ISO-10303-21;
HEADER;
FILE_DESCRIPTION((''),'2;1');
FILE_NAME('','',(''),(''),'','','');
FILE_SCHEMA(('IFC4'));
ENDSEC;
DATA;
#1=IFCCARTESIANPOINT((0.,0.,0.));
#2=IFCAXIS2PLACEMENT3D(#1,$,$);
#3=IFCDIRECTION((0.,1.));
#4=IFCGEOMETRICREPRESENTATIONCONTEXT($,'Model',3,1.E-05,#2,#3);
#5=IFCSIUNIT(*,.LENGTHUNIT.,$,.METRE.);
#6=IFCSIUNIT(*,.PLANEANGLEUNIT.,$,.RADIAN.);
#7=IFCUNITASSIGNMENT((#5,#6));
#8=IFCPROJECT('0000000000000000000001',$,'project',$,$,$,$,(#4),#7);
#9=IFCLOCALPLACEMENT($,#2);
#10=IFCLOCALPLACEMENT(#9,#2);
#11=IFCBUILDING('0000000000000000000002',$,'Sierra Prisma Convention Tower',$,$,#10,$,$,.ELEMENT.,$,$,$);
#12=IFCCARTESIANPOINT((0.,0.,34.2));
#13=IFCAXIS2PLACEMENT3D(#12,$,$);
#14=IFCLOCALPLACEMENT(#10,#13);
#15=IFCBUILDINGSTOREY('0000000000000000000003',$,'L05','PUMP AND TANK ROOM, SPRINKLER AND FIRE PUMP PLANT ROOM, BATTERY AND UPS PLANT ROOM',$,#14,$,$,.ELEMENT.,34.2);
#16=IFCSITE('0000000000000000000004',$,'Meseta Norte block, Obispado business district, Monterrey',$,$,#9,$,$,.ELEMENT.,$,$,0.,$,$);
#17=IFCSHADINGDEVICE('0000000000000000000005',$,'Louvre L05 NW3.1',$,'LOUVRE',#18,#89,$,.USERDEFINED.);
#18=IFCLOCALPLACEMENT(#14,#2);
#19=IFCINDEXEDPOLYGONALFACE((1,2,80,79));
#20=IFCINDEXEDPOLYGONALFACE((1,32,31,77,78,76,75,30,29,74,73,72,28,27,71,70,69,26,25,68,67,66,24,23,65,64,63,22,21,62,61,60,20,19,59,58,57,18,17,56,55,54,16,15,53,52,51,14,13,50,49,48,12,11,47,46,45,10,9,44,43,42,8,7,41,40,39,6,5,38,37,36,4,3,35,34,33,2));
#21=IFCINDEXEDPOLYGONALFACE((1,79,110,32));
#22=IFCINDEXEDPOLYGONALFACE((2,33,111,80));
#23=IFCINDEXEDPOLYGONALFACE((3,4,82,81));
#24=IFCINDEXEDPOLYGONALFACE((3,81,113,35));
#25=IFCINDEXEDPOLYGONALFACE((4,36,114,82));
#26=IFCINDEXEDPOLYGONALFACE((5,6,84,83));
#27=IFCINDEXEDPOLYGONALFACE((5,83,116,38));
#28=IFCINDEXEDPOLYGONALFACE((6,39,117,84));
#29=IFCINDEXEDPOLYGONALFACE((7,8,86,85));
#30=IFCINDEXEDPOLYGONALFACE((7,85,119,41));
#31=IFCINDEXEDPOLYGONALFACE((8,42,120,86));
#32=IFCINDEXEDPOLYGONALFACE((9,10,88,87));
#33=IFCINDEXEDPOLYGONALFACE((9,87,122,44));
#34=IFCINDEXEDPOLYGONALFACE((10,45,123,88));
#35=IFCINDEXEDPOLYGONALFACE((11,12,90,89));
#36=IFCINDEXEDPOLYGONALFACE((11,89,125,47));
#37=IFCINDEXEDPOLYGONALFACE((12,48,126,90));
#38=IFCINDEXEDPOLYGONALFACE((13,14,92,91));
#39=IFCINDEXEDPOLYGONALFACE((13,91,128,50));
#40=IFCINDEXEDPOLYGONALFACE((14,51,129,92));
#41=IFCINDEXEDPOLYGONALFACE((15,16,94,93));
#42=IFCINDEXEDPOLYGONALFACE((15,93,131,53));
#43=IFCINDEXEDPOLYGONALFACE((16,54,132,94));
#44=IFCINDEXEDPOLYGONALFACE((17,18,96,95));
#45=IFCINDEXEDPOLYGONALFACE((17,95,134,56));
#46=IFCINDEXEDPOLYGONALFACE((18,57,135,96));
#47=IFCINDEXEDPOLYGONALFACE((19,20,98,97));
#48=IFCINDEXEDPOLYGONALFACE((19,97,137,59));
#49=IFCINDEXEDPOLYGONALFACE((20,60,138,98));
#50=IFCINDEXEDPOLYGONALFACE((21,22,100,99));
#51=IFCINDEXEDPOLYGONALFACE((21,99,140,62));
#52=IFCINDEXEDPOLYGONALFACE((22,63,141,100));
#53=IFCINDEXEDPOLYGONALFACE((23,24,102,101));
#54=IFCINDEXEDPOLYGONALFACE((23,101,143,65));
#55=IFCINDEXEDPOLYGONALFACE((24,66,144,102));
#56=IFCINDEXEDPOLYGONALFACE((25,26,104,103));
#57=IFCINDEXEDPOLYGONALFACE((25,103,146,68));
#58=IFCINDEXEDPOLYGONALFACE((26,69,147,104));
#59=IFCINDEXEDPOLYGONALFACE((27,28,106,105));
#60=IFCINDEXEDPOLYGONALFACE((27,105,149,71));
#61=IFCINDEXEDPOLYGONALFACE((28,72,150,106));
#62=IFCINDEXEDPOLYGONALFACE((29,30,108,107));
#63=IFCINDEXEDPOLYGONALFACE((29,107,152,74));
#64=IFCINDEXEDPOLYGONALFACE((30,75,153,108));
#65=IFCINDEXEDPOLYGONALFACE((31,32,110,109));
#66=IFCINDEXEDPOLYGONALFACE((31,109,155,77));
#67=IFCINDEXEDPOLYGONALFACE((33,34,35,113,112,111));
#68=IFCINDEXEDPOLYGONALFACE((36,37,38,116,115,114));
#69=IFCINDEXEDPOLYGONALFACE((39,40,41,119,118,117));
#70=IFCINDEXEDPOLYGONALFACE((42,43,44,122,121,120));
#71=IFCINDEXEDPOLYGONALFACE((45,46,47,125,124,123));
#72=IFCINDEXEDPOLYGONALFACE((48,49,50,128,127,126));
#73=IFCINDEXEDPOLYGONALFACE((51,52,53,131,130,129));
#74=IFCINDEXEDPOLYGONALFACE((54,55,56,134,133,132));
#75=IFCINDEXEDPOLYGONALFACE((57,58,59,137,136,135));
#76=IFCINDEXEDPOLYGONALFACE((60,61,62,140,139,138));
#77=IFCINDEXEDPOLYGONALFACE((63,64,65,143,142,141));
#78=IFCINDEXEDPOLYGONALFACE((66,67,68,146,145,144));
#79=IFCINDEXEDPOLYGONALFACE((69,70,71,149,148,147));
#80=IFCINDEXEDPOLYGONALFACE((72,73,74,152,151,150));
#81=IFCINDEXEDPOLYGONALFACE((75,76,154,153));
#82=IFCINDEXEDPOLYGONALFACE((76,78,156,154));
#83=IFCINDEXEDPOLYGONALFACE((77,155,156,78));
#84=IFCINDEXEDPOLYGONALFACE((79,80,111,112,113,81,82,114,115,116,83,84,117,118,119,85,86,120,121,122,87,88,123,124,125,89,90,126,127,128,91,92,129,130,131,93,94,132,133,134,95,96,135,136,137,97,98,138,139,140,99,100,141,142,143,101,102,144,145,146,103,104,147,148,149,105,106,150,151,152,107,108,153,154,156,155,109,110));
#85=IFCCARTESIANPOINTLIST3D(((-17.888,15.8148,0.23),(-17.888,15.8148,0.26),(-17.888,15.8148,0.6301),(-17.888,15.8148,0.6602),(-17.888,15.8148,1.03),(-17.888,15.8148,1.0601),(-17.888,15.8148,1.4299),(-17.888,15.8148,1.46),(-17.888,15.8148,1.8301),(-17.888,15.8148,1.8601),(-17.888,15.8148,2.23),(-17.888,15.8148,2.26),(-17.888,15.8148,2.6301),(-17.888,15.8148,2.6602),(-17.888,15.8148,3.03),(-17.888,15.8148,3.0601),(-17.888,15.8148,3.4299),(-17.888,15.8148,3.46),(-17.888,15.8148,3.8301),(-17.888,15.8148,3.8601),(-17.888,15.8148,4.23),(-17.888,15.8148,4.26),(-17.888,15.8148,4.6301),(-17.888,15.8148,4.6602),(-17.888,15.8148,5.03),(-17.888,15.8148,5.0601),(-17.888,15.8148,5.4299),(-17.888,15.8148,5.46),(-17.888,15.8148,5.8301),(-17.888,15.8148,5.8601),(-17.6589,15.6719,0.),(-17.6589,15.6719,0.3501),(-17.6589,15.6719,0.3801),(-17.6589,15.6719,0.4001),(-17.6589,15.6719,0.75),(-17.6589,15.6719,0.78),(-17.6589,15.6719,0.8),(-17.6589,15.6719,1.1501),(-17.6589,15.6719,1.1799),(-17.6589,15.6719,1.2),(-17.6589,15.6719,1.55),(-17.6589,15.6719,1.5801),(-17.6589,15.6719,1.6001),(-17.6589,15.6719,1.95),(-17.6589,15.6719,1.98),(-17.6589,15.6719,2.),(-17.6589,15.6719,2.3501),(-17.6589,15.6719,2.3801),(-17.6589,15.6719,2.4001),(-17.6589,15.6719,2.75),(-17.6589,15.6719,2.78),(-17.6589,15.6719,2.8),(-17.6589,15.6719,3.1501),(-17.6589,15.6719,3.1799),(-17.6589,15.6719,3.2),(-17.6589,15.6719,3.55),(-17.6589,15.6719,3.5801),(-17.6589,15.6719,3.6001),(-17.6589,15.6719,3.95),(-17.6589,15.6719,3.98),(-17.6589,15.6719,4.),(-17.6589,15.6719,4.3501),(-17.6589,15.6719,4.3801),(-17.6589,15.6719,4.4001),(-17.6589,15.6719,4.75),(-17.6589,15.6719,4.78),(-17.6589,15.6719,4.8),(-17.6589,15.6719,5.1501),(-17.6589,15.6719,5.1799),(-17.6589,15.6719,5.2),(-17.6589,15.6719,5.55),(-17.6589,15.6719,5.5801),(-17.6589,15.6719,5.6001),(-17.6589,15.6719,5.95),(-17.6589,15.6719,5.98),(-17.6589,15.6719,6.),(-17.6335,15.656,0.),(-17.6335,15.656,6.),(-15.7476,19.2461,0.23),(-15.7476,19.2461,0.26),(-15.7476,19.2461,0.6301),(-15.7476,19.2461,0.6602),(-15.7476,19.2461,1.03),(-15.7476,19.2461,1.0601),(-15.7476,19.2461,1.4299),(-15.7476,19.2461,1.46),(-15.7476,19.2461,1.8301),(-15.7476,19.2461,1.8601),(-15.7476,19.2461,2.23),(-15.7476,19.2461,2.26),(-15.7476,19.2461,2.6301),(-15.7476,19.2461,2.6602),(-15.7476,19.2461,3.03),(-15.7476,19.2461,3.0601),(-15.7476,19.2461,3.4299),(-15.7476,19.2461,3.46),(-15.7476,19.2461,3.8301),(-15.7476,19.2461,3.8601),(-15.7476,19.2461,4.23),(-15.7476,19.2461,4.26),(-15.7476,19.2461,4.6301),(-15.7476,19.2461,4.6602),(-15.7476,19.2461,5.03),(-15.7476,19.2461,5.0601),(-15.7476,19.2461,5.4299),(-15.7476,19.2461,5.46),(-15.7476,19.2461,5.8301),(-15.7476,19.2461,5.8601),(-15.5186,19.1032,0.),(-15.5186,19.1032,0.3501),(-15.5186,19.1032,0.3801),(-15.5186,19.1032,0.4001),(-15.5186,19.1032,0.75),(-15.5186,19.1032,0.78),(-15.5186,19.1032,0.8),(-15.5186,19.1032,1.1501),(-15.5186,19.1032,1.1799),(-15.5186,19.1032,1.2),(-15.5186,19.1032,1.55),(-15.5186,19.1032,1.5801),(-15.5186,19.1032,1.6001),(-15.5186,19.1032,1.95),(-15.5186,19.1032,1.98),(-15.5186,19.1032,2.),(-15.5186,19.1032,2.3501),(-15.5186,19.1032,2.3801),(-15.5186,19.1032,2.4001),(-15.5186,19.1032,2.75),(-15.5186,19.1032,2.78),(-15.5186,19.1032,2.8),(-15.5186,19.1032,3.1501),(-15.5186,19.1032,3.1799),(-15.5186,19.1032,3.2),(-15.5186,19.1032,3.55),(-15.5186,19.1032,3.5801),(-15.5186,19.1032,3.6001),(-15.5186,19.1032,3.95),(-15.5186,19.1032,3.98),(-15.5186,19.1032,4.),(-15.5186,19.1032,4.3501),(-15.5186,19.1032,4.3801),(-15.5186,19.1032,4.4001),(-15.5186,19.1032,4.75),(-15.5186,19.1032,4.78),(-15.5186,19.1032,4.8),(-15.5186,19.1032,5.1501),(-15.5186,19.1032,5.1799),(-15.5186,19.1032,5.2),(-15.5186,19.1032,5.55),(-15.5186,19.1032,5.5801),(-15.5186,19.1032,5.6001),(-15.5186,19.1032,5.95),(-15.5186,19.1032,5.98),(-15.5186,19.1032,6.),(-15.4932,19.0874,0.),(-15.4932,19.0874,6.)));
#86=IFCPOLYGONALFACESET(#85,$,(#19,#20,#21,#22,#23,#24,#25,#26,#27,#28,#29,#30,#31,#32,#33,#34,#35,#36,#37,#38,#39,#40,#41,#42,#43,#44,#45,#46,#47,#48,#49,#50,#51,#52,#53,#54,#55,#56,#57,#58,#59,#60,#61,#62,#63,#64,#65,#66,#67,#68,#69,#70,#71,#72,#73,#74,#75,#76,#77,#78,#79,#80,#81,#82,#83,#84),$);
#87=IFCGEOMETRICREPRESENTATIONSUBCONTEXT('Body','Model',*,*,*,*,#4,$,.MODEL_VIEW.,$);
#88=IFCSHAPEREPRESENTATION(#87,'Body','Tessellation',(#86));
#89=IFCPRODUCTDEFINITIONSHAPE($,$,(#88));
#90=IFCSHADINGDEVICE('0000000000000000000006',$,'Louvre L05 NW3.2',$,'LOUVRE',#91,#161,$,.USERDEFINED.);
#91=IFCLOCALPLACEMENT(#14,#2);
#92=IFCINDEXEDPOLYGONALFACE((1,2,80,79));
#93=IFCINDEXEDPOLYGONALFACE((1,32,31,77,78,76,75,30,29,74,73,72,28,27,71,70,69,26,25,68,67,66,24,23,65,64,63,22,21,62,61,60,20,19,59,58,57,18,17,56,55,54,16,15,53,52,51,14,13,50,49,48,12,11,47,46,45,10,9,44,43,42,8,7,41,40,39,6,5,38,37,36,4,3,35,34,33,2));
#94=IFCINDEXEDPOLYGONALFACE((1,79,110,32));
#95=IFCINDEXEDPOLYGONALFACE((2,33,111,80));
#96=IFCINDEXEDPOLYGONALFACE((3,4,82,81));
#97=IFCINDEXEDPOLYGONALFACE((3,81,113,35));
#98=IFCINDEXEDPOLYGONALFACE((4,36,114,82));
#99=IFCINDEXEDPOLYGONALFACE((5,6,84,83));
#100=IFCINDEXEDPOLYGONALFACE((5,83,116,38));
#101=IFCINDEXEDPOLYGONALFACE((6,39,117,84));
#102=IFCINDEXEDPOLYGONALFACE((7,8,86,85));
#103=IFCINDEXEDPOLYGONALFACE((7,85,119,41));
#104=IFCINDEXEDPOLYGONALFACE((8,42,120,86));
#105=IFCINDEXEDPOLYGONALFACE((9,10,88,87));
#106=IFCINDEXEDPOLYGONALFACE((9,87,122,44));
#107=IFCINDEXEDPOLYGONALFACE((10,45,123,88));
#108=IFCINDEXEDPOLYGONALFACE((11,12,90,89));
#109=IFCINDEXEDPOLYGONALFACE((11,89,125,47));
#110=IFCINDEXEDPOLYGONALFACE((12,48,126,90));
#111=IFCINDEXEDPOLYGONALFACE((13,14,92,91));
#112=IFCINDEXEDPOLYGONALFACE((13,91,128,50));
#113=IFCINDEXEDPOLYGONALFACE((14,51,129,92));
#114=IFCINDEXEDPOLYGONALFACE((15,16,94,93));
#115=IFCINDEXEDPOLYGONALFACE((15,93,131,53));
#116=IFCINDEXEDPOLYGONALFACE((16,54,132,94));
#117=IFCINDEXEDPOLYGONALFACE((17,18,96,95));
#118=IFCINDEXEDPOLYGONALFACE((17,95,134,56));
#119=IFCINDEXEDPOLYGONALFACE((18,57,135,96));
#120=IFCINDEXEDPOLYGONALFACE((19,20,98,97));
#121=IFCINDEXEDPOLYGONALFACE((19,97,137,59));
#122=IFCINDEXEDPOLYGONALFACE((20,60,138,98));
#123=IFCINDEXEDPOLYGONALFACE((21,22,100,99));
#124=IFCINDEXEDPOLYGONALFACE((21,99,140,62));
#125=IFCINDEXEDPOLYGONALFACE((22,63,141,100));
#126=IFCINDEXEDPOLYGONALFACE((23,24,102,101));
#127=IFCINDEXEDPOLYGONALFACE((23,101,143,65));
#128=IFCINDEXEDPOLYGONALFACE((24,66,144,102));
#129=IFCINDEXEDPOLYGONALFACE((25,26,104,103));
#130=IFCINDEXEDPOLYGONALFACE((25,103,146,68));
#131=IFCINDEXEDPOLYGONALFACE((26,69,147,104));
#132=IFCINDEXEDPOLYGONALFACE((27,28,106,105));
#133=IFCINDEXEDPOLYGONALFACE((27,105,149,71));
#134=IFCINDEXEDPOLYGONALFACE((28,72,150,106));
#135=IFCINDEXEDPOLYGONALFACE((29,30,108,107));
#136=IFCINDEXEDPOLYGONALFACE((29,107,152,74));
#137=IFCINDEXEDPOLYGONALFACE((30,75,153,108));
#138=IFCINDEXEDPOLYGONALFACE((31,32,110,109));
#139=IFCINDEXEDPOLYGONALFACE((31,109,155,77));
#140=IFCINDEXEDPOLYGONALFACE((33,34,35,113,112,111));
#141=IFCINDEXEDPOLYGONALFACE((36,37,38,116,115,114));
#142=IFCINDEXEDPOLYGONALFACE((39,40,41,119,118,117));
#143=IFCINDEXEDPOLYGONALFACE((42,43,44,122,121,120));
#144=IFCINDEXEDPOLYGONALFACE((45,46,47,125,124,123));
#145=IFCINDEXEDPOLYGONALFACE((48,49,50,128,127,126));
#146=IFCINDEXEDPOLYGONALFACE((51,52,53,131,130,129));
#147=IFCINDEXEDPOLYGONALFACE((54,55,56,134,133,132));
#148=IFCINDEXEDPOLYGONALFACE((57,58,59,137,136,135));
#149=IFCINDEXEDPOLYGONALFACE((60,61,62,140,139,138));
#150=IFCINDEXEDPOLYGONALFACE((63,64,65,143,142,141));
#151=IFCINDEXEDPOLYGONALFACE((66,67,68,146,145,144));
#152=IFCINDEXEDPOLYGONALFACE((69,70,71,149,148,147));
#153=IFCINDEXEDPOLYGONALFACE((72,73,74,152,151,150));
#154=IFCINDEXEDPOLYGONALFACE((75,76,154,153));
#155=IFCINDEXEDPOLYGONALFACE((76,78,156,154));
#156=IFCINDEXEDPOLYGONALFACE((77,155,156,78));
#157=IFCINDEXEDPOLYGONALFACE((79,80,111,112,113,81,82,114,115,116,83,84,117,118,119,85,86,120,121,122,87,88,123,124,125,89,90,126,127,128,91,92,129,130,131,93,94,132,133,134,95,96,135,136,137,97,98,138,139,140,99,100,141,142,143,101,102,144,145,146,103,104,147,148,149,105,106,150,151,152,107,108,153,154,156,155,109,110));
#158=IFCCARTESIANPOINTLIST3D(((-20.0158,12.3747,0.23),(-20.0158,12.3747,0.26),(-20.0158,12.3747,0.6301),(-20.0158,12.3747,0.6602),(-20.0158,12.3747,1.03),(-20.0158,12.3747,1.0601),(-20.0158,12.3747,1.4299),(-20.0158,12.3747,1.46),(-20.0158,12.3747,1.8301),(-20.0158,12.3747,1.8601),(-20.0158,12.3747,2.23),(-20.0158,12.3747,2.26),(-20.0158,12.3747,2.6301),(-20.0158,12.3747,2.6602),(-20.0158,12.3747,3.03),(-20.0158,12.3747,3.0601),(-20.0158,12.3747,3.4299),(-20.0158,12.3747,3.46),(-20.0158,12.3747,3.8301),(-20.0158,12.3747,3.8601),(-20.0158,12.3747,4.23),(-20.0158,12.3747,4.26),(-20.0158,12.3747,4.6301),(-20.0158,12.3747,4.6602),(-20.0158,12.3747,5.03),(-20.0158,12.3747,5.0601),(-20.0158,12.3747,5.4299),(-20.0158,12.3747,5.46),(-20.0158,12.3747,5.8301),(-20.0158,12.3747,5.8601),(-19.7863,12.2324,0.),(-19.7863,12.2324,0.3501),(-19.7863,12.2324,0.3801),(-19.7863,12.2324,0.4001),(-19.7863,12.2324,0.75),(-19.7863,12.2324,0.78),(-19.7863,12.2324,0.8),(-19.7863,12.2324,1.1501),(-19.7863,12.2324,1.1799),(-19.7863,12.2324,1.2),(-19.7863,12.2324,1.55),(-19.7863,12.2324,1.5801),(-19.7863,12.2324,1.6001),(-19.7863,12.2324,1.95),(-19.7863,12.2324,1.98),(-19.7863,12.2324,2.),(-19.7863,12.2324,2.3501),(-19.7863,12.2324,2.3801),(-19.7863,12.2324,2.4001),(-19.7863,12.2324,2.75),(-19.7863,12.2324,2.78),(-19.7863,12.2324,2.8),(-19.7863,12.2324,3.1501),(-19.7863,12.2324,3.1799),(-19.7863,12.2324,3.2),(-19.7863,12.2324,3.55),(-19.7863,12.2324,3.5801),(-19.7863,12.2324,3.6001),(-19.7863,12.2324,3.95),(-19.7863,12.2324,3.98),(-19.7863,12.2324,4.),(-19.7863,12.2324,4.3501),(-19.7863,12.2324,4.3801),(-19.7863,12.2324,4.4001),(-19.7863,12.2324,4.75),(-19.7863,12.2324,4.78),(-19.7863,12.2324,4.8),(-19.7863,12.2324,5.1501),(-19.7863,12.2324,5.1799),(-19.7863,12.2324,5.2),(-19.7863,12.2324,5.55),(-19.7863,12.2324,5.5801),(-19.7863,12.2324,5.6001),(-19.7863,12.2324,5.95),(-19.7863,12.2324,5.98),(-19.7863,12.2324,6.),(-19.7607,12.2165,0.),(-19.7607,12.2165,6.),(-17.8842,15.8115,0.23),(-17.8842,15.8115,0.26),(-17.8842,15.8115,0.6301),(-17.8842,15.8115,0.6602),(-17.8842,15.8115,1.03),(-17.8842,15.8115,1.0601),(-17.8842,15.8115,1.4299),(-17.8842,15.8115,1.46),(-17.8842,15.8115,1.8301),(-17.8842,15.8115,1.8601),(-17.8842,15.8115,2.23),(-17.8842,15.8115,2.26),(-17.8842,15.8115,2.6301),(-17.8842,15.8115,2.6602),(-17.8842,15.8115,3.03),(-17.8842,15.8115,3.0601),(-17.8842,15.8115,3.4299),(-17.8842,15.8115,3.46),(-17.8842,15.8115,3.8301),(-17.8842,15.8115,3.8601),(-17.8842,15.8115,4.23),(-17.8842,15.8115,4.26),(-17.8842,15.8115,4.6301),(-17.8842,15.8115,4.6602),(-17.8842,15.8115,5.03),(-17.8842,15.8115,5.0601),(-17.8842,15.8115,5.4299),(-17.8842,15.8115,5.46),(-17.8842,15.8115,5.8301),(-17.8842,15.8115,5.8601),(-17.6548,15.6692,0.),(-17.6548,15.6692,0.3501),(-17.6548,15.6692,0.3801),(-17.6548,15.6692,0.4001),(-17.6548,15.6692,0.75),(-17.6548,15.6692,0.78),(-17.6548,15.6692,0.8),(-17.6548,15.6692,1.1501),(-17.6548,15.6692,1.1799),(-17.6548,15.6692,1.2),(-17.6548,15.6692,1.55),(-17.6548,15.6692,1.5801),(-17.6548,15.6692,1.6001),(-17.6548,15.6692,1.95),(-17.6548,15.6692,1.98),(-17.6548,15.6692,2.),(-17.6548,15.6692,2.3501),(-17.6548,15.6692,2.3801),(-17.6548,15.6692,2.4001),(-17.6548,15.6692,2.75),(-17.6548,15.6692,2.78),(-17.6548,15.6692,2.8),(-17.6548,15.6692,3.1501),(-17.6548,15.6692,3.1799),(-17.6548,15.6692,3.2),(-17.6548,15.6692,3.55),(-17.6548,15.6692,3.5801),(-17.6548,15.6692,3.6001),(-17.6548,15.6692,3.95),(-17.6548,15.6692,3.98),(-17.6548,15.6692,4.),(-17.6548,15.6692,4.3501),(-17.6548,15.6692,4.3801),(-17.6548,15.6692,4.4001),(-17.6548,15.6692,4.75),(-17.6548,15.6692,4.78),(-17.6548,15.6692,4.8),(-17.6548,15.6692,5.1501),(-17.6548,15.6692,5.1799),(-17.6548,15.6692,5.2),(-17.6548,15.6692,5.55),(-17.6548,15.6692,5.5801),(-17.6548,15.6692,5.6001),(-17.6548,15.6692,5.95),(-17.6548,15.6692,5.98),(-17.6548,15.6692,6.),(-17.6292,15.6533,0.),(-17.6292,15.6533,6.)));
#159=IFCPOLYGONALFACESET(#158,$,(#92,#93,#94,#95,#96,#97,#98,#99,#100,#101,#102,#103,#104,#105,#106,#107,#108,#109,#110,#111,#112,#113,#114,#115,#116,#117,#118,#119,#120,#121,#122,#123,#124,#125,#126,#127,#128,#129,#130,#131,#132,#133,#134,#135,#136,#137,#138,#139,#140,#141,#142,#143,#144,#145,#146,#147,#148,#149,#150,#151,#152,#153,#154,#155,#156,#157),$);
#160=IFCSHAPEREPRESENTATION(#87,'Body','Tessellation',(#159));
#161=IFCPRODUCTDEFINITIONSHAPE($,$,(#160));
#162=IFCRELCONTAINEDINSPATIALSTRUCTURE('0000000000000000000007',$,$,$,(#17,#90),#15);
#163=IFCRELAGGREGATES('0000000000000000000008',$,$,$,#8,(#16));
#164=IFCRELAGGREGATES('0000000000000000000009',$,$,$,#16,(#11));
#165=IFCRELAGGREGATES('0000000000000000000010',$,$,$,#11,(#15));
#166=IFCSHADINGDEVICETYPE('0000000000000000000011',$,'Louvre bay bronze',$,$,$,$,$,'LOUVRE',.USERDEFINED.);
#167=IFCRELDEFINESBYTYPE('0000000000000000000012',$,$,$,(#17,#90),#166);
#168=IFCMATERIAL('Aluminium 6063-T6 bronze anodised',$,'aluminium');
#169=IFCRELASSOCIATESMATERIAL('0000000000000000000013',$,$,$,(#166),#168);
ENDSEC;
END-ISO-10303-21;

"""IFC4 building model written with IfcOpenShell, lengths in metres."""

from ifc_helpers import new_model, si_unit, direction, frame, origin, place, context, subcontext, project, spatial, polyline, outline, extrude, material, type_object, element, save


model = new_model("IFC4")

# Units and contexts
model_context = context("Model", 3, precision=1e-05, world=origin(), true_north=direction((0.0, 1.0)))
body_context = subcontext(model_context, "Body", "Model", "MODEL_VIEW")
ifc_project = project(units=[si_unit("LENGTHUNIT", "METRE"), si_unit("PLANEANGLEUNIT", "RADIAN")], contexts=[model_context])

# Site, building, storey
site_placement = place(None, origin())
site = spatial("IfcSite", under=ifc_project, at=site_placement, Name="Meseta Norte block, Obispado business district, Monterrey", CompositionType="ELEMENT", RefElevation=0.0)
building_placement = place(site_placement, origin())
building = spatial("IfcBuilding", under=site, at=building_placement, Name="Sierra Prisma Convention Tower", CompositionType="ELEMENT")
storey_placement = place(building_placement, frame((0.0, 0.0, 34.2)))
storey = spatial("IfcBuildingStorey", under=building, at=storey_placement, Name="L05", Description="PUMP AND TANK ROOM, SPRINKLER AND FIRE PUMP PLANT ROOM, BATTERY AND UPS PLANT ROOM", CompositionType="ELEMENT", Elevation=34.2)

# Shading devices
ifc_material_1 = material(Name="Aluminium 6063-T6 bronze anodised", Category="aluminium")
shading_device_type = type_object("IfcShadingDeviceType", Name="Louvre bay bronze", ElementType="LOUVRE", PredefinedType="USERDEFINED", material=ifc_material_1)
shading_device_1_placement = place(storey_placement, frame((-15.4932, 19.0874, 0.0), z_axis=(0.529244, 0.848469, 0.0), x_axis=(0.0, 0.0, 1.0)))
element("IfcShadingDevice", 1, at=shading_device_1_placement, inside=storey, type_object=shading_device_type, Name="Louvre L05 NW3.1", ObjectType="LOUVRE", PredefinedType="USERDEFINED", context=body_context, shape_type="SweptSolid", body=[
    extrude(outline(polyline([(0.0, 0.0), (6.0, 0.0), (6.0, -0.0299), (5.98, -0.0299), (5.8601, -0.2999), (5.8301, -0.2999), (5.95, -0.0299), (5.6001, -0.0299), (5.5801, -0.0299), (5.46, -0.2999), (5.4299, -0.2999), (5.55, -0.0299), (5.2, -0.0299), (5.1799, -0.0299), (5.0601, -0.2999), (5.03, -0.2999), (5.1501, -0.0299), (4.8, -0.0299), (4.78, -0.0299), (4.6602, -0.2999), (4.6301, -0.2999), (4.75, -0.0299), (4.4001, -0.0299), (4.3801, -0.0299), (4.26, -0.2999), (4.23, -0.2999), (4.3501, -0.0299), (4.0, -0.0299), (3.98, -0.0299), (3.8601, -0.2999), (3.8301, -0.2999), (3.95, -0.0299), (3.6001, -0.0299), (3.5801, -0.0299), (3.46, -0.2999), (3.4299, -0.2999), (3.55, -0.0299), (3.2, -0.0299), (3.1799, -0.0299), (3.0601, -0.2999), (3.03, -0.2999), (3.1501, -0.0299), (2.8, -0.0299), (2.78, -0.0299), (2.6602, -0.2999), (2.6301, -0.2999), (2.75, -0.0299), (2.4001, -0.0299), (2.3801, -0.0299), (2.26, -0.2999), (2.23, -0.2999), (2.3501, -0.0299), (2.0, -0.0299), (1.98, -0.0299), (1.8601, -0.2999), (1.8301, -0.2999), (1.95, -0.0299), (1.6001, -0.0299), (1.5801, -0.0299), (1.46, -0.2999), (1.4299, -0.2999), (1.55, -0.0299), (1.2, -0.0299), (1.1799, -0.0299), (1.0601, -0.2999), (1.03, -0.2999), (1.1501, -0.0299), (0.8, -0.0299), (0.78, -0.0299), (0.6602, -0.2999), (0.6301, -0.2999), (0.75, -0.0299), (0.4001, -0.0299), (0.3801, -0.0299), (0.26, -0.2999), (0.23, -0.2999), (0.3501, -0.0299), (0.0, -0.0299), (0.0, 0.0)])), origin(), (0.0, 0.0, -1.0), 4.0442),
])
shading_device_2_placement = place(storey_placement, frame((-17.6292, 15.6533, 0.0), z_axis=(0.527067, 0.849823, 0.0), x_axis=(0.0, 0.0, 1.0)))
element("IfcShadingDevice", 2, at=shading_device_2_placement, inside=storey, type_object=shading_device_type, Name="Louvre L05 NW3.2", ObjectType="LOUVRE", PredefinedType="USERDEFINED", context=body_context, shape_type="SweptSolid", body=[
    extrude(outline(polyline([(0.0, 0.0), (6.0, 0.0), (6.0, -0.0301), (5.98, -0.0301), (5.8601, -0.3001), (5.8301, -0.3001), (5.95, -0.0301), (5.6001, -0.0301), (5.5801, -0.0301), (5.46, -0.3001), (5.4299, -0.3001), (5.55, -0.0301), (5.2, -0.0301), (5.1799, -0.0301), (5.0601, -0.3001), (5.03, -0.3001), (5.1501, -0.0301), (4.8, -0.0301), (4.78, -0.0301), (4.6602, -0.3001), (4.6301, -0.3001), (4.75, -0.0301), (4.4001, -0.0301), (4.3801, -0.0301), (4.26, -0.3001), (4.23, -0.3001), (4.3501, -0.0301), (4.0, -0.0301), (3.98, -0.0301), (3.8601, -0.3001), (3.8301, -0.3001), (3.95, -0.0301), (3.6001, -0.0301), (3.5801, -0.0301), (3.46, -0.3001), (3.4299, -0.3001), (3.55, -0.0301), (3.2, -0.0301), (3.1799, -0.0301), (3.0601, -0.3001), (3.03, -0.3001), (3.1501, -0.0301), (2.8, -0.0301), (2.78, -0.0301), (2.6602, -0.3001), (2.6301, -0.3001), (2.75, -0.0301), (2.4001, -0.0301), (2.3801, -0.0301), (2.26, -0.3001), (2.23, -0.3001), (2.3501, -0.0301), (2.0, -0.0301), (1.98, -0.0301), (1.8601, -0.3001), (1.8301, -0.3001), (1.95, -0.0301), (1.6001, -0.0301), (1.5801, -0.0301), (1.46, -0.3001), (1.4299, -0.3001), (1.55, -0.0301), (1.2, -0.0301), (1.1799, -0.0301), (1.0601, -0.3001), (1.03, -0.3001), (1.1501, -0.0301), (0.8, -0.0301), (0.78, -0.0301), (0.6602, -0.3001), (0.6301, -0.3001), (0.75, -0.0301), (0.4001, -0.0301), (0.3801, -0.0301), (0.26, -0.3001), (0.23, -0.3001), (0.3501, -0.0301), (0.0, -0.0301), (0.0, 0.0)])), origin(), (0.0, 0.0, -1.0), 4.0442),
])

save(model, "model.ifc")
